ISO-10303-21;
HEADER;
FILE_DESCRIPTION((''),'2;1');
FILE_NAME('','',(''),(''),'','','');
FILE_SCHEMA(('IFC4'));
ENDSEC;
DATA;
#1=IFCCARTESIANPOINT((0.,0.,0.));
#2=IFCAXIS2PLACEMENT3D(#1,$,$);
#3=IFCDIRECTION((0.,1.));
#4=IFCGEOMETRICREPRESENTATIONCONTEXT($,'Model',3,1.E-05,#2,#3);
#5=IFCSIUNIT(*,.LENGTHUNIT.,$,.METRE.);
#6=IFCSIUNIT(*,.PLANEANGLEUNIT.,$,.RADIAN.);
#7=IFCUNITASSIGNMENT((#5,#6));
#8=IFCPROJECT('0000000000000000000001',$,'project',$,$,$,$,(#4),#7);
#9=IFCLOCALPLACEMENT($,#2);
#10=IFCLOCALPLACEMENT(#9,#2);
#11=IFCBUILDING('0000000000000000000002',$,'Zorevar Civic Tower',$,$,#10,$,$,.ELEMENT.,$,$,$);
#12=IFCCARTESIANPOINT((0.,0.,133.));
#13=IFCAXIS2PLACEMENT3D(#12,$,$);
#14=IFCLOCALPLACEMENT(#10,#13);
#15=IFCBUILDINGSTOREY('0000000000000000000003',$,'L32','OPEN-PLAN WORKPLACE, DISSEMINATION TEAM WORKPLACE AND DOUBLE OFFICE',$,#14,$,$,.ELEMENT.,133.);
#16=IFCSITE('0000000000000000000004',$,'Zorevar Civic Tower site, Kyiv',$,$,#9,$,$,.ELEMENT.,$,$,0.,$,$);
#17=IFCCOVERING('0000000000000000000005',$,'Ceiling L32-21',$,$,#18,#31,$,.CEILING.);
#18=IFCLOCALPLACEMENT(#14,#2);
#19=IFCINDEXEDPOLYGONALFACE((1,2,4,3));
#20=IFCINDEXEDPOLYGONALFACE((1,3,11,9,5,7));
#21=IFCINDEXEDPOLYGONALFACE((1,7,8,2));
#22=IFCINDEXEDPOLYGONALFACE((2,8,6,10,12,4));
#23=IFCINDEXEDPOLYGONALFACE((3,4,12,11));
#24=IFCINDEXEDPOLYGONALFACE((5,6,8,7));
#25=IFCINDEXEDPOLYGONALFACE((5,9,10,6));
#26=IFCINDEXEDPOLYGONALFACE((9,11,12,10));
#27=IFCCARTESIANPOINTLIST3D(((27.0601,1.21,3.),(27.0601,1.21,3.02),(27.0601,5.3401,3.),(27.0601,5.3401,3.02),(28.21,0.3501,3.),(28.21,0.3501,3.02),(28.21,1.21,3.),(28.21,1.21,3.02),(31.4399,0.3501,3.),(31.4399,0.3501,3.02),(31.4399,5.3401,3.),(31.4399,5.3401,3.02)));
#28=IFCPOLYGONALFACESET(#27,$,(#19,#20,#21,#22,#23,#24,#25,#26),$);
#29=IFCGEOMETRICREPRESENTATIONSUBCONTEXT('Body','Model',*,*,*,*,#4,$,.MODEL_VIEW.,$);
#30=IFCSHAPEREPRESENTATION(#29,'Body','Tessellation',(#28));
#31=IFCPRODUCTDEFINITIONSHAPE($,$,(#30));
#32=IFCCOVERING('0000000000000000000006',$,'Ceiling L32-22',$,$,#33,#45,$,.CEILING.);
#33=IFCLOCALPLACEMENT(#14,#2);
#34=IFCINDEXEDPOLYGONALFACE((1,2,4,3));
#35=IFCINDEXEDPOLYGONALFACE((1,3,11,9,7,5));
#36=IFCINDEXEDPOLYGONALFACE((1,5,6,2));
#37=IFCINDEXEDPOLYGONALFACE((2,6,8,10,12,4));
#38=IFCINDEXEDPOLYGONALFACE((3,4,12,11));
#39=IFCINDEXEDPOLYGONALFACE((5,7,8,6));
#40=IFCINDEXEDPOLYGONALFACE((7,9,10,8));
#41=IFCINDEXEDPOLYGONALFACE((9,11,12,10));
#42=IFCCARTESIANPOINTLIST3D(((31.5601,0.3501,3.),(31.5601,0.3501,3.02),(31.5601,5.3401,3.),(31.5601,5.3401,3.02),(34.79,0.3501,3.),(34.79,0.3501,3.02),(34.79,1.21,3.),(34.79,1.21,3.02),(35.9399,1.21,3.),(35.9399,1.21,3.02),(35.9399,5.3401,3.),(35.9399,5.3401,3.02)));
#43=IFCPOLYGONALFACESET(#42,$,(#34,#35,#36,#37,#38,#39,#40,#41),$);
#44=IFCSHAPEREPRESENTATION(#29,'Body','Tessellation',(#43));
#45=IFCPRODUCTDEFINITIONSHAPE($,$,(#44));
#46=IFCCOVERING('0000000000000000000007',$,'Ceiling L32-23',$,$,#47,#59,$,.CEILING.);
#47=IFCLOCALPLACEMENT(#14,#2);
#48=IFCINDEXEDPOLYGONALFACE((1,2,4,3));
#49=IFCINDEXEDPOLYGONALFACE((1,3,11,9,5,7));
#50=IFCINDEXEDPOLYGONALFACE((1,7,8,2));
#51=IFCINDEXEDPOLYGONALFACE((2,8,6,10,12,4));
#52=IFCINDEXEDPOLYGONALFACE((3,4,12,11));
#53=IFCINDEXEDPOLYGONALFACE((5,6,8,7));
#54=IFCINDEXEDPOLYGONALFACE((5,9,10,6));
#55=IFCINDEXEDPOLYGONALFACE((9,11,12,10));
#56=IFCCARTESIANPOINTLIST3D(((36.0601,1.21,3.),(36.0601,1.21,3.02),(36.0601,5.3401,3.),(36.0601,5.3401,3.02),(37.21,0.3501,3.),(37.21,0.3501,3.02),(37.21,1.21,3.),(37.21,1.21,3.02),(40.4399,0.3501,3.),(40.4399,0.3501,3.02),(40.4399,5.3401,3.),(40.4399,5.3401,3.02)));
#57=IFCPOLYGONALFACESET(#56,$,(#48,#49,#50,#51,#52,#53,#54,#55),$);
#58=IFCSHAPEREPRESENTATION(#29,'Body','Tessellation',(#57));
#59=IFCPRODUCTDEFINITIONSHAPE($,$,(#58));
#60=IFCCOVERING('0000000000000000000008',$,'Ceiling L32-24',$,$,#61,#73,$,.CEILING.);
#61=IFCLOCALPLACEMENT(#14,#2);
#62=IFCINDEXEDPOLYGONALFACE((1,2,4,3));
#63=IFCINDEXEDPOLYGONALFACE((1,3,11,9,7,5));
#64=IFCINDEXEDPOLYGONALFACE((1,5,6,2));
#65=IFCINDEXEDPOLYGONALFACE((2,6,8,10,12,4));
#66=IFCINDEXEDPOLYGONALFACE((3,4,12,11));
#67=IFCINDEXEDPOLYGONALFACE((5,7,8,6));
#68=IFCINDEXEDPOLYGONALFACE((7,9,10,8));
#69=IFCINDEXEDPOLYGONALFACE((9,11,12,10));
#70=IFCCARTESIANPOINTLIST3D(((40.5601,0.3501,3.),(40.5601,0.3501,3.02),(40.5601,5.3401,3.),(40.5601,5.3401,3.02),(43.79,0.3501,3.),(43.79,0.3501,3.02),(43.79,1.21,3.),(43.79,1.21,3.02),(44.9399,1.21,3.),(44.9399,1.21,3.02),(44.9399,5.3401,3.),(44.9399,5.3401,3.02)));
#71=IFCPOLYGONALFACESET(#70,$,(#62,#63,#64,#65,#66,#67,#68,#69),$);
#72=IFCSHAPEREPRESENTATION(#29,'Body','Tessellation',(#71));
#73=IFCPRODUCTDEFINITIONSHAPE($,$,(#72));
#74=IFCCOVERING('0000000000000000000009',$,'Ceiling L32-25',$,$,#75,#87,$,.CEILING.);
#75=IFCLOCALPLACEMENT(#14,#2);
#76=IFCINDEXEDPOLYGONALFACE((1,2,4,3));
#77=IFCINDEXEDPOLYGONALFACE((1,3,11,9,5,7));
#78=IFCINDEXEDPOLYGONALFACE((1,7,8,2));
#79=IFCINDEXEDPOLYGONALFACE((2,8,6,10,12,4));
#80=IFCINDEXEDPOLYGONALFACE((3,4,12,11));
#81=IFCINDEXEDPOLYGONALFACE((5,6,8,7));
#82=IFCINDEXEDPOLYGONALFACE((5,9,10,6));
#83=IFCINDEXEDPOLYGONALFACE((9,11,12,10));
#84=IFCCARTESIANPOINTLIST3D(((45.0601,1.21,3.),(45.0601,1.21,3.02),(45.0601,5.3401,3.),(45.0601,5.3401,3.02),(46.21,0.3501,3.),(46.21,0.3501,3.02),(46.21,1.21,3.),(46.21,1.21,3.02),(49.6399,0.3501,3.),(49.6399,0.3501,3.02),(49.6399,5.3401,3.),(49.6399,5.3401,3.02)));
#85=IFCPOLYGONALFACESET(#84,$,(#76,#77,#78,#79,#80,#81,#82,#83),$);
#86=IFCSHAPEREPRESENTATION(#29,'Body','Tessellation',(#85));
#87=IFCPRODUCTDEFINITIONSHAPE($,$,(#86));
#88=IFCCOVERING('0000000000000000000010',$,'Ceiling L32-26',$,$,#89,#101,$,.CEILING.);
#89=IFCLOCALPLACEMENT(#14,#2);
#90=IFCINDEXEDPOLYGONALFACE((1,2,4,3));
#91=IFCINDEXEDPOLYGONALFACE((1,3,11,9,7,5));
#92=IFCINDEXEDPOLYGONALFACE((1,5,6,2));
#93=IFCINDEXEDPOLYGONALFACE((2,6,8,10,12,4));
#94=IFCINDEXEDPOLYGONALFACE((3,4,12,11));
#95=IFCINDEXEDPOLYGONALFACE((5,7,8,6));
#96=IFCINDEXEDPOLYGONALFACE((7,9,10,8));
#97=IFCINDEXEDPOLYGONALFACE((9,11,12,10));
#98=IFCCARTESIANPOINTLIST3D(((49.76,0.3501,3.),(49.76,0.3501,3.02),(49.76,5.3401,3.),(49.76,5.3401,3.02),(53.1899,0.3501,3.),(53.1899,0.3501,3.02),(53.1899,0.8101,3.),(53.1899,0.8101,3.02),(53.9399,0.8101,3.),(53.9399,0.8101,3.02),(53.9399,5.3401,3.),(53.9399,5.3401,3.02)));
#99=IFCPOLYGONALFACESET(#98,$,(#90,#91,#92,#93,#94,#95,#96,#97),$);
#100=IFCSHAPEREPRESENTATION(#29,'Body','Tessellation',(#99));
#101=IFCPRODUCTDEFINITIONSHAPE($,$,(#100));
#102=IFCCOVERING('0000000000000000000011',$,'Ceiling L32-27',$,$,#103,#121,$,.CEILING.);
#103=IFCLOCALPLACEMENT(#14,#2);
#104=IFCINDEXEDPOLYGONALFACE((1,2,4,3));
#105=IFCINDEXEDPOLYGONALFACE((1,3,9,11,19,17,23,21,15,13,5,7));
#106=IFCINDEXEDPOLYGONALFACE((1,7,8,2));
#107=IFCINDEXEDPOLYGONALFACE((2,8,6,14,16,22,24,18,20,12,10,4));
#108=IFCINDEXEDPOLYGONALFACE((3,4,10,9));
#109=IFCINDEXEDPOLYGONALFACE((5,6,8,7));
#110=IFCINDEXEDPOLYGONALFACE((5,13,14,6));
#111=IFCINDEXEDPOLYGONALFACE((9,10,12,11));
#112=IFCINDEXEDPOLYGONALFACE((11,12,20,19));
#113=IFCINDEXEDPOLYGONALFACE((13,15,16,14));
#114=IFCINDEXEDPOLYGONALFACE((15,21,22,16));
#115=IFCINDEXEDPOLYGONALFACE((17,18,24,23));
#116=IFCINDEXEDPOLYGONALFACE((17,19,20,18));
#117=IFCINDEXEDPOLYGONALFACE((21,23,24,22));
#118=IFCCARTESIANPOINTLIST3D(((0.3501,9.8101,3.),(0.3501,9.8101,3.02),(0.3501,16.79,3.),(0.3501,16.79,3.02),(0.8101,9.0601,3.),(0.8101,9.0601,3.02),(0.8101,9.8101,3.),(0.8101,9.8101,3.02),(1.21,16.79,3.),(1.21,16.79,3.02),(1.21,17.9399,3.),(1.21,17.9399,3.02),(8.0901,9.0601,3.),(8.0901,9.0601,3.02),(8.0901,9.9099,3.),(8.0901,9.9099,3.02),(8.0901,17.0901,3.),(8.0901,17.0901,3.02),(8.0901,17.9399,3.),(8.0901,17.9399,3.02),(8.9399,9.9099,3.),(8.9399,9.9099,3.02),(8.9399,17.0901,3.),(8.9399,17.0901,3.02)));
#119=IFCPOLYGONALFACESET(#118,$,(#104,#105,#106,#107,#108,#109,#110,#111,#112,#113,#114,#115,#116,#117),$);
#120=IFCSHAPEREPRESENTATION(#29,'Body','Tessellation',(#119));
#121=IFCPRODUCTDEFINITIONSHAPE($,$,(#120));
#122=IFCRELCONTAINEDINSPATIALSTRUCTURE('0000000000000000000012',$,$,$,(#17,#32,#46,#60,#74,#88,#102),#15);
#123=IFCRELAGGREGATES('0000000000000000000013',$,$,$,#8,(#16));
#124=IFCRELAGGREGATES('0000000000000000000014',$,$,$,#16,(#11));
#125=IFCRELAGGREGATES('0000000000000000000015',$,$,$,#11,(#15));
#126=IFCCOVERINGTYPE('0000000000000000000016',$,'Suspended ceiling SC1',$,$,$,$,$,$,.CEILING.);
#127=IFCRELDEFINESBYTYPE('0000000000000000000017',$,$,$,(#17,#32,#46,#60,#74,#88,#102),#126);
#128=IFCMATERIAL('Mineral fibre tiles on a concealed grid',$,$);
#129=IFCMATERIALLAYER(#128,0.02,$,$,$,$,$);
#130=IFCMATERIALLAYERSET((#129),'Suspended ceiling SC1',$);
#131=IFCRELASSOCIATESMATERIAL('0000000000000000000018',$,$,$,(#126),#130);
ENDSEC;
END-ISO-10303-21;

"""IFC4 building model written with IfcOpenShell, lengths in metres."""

from ifc_helpers import new_model, si_unit, direction, frame, origin, place, context, subcontext, project, spatial, polyline, outline, extrude, material, layer, layer_set, type_object, element, save


model = new_model("IFC4")

# Units and contexts
model_context = context("Model", 3, precision=1e-05, world=origin(), true_north=direction((0.0, 1.0)))
body_context = subcontext(model_context, "Body", "Model", "MODEL_VIEW")
ifc_project = project(units=[si_unit("LENGTHUNIT", "METRE"), si_unit("PLANEANGLEUNIT", "RADIAN")], contexts=[model_context])

# Site, building, storey
site_placement = place(None, origin())
site = spatial("IfcSite", under=ifc_project, at=site_placement, Name="Zorevar Civic Tower site, Kyiv", CompositionType="ELEMENT", RefElevation=0.0)
building_placement = place(site_placement, origin())
building = spatial("IfcBuilding", under=site, at=building_placement, Name="Zorevar Civic Tower", CompositionType="ELEMENT")
storey_placement = place(building_placement, frame((0.0, 0.0, 133.0)))
storey = spatial("IfcBuildingStorey", under=building, at=storey_placement, Name="L32", Description="OPEN-PLAN WORKPLACE, DISSEMINATION TEAM WORKPLACE AND DOUBLE OFFICE", CompositionType="ELEMENT", Elevation=133.0)

# Coverings
ifc_material_1 = material(Name="Mineral fibre tiles on a concealed grid")
ifc_layer_1 = layer(ifc_material_1, 0.02)
ifc_layer_set_1 = layer_set([ifc_layer_1], Name="Suspended ceiling SC1")
covering_type_1 = type_object("IfcCoveringType", Name="Suspended ceiling SC1", PredefinedType="CEILING", material=ifc_layer_set_1)
covering_1_placement = place(storey_placement, frame((0.0, 0.0, 3.0)))
element("IfcCovering", 1, at=covering_1_placement, inside=storey, type_object=covering_type_1, Name="Ceiling L32-21", PredefinedType="CEILING", context=body_context, shape_type="SweptSolid", body=[
    extrude(outline(polyline([(31.4399, 5.3401), (31.4399, 0.3501), (28.21, 0.3501), (28.21, 1.21), (27.0601, 1.21), (27.0601, 5.3401), (31.4399, 5.3401)])), origin(), (0.0, 0.0, 1.0), 0.02),
])
covering_2_placement = place(storey_placement, frame((0.0, 0.0, 3.0)))
element("IfcCovering", 2, at=covering_2_placement, inside=storey, type_object=covering_type_1, Name="Ceiling L32-22", PredefinedType="CEILING", context=body_context, shape_type="SweptSolid", body=[
    extrude(outline(polyline([(35.9399, 5.3401), (35.9399, 1.21), (34.79, 1.21), (34.79, 0.3501), (31.5601, 0.3501), (31.5601, 5.3401), (35.9399, 5.3401)])), origin(), (0.0, 0.0, 1.0), 0.02),
])
covering_3_placement = place(storey_placement, frame((0.0, 0.0, 3.0)))
element("IfcCovering", 3, at=covering_3_placement, inside=storey, type_object=covering_type_1, Name="Ceiling L32-23", PredefinedType="CEILING", context=body_context, shape_type="SweptSolid", body=[
    extrude(outline(polyline([(40.4399, 5.3401), (40.4399, 0.3501), (37.21, 0.3501), (37.21, 1.21), (36.0601, 1.21), (36.0601, 5.3401), (40.4399, 5.3401)])), origin(), (0.0, 0.0, 1.0), 0.02),
])
covering_4_placement = place(storey_placement, frame((0.0, 0.0, 3.0)))
element("IfcCovering", 4, at=covering_4_placement, inside=storey, type_object=covering_type_1, Name="Ceiling L32-24", PredefinedType="CEILING", context=body_context, shape_type="SweptSolid", body=[
    extrude(outline(polyline([(44.9399, 5.3401), (44.9399, 1.21), (43.79, 1.21), (43.79, 0.3501), (40.5601, 0.3501), (40.5601, 5.3401), (44.9399, 5.3401)])), origin(), (0.0, 0.0, 1.0), 0.02),
])
covering_5_placement = place(storey_placement, frame((0.0, 0.0, 3.0)))
element("IfcCovering", 5, at=covering_5_placement, inside=storey, type_object=covering_type_1, Name="Ceiling L32-25", PredefinedType="CEILING", context=body_context, shape_type="SweptSolid", body=[
    extrude(outline(polyline([(49.6399, 5.3401), (49.6399, 0.3501), (46.21, 0.3501), (46.21, 1.21), (45.0601, 1.21), (45.0601, 5.3401), (49.6399, 5.3401)])), origin(), (0.0, 0.0, 1.0), 0.02),
])
covering_6_placement = place(storey_placement, frame((0.0, 0.0, 3.0)))
element("IfcCovering", 6, at=covering_6_placement, inside=storey, type_object=covering_type_1, Name="Ceiling L32-26", PredefinedType="CEILING", context=body_context, shape_type="SweptSolid", body=[
    extrude(outline(polyline([(53.9399, 5.3401), (53.9399, 0.8101), (53.1899, 0.8101), (53.1899, 0.3501), (49.76, 0.3501), (49.76, 5.3401), (53.9399, 5.3401)])), origin(), (0.0, 0.0, 1.0), 0.02),
])
covering_7_placement = place(storey_placement, frame((0.0, 0.0, 3.0)))
element("IfcCovering", 7, at=covering_7_placement, inside=storey, type_object=covering_type_1, Name="Ceiling L32-27", PredefinedType="CEILING", context=body_context, shape_type="SweptSolid", body=[
    extrude(outline(polyline([(8.9399, 9.9099), (8.0901, 9.9099), (8.0901, 9.0601), (0.8101, 9.0601), (0.8101, 9.8101), (0.3501, 9.8101), (0.3501, 16.79), (1.21, 16.79), (1.21, 17.9399), (8.0901, 17.9399), (8.0901, 17.0901), (8.9399, 17.0901), (8.9399, 9.9099)])), origin(), (0.0, 0.0, 1.0), 0.02),
])

save(model, "model.ifc")
